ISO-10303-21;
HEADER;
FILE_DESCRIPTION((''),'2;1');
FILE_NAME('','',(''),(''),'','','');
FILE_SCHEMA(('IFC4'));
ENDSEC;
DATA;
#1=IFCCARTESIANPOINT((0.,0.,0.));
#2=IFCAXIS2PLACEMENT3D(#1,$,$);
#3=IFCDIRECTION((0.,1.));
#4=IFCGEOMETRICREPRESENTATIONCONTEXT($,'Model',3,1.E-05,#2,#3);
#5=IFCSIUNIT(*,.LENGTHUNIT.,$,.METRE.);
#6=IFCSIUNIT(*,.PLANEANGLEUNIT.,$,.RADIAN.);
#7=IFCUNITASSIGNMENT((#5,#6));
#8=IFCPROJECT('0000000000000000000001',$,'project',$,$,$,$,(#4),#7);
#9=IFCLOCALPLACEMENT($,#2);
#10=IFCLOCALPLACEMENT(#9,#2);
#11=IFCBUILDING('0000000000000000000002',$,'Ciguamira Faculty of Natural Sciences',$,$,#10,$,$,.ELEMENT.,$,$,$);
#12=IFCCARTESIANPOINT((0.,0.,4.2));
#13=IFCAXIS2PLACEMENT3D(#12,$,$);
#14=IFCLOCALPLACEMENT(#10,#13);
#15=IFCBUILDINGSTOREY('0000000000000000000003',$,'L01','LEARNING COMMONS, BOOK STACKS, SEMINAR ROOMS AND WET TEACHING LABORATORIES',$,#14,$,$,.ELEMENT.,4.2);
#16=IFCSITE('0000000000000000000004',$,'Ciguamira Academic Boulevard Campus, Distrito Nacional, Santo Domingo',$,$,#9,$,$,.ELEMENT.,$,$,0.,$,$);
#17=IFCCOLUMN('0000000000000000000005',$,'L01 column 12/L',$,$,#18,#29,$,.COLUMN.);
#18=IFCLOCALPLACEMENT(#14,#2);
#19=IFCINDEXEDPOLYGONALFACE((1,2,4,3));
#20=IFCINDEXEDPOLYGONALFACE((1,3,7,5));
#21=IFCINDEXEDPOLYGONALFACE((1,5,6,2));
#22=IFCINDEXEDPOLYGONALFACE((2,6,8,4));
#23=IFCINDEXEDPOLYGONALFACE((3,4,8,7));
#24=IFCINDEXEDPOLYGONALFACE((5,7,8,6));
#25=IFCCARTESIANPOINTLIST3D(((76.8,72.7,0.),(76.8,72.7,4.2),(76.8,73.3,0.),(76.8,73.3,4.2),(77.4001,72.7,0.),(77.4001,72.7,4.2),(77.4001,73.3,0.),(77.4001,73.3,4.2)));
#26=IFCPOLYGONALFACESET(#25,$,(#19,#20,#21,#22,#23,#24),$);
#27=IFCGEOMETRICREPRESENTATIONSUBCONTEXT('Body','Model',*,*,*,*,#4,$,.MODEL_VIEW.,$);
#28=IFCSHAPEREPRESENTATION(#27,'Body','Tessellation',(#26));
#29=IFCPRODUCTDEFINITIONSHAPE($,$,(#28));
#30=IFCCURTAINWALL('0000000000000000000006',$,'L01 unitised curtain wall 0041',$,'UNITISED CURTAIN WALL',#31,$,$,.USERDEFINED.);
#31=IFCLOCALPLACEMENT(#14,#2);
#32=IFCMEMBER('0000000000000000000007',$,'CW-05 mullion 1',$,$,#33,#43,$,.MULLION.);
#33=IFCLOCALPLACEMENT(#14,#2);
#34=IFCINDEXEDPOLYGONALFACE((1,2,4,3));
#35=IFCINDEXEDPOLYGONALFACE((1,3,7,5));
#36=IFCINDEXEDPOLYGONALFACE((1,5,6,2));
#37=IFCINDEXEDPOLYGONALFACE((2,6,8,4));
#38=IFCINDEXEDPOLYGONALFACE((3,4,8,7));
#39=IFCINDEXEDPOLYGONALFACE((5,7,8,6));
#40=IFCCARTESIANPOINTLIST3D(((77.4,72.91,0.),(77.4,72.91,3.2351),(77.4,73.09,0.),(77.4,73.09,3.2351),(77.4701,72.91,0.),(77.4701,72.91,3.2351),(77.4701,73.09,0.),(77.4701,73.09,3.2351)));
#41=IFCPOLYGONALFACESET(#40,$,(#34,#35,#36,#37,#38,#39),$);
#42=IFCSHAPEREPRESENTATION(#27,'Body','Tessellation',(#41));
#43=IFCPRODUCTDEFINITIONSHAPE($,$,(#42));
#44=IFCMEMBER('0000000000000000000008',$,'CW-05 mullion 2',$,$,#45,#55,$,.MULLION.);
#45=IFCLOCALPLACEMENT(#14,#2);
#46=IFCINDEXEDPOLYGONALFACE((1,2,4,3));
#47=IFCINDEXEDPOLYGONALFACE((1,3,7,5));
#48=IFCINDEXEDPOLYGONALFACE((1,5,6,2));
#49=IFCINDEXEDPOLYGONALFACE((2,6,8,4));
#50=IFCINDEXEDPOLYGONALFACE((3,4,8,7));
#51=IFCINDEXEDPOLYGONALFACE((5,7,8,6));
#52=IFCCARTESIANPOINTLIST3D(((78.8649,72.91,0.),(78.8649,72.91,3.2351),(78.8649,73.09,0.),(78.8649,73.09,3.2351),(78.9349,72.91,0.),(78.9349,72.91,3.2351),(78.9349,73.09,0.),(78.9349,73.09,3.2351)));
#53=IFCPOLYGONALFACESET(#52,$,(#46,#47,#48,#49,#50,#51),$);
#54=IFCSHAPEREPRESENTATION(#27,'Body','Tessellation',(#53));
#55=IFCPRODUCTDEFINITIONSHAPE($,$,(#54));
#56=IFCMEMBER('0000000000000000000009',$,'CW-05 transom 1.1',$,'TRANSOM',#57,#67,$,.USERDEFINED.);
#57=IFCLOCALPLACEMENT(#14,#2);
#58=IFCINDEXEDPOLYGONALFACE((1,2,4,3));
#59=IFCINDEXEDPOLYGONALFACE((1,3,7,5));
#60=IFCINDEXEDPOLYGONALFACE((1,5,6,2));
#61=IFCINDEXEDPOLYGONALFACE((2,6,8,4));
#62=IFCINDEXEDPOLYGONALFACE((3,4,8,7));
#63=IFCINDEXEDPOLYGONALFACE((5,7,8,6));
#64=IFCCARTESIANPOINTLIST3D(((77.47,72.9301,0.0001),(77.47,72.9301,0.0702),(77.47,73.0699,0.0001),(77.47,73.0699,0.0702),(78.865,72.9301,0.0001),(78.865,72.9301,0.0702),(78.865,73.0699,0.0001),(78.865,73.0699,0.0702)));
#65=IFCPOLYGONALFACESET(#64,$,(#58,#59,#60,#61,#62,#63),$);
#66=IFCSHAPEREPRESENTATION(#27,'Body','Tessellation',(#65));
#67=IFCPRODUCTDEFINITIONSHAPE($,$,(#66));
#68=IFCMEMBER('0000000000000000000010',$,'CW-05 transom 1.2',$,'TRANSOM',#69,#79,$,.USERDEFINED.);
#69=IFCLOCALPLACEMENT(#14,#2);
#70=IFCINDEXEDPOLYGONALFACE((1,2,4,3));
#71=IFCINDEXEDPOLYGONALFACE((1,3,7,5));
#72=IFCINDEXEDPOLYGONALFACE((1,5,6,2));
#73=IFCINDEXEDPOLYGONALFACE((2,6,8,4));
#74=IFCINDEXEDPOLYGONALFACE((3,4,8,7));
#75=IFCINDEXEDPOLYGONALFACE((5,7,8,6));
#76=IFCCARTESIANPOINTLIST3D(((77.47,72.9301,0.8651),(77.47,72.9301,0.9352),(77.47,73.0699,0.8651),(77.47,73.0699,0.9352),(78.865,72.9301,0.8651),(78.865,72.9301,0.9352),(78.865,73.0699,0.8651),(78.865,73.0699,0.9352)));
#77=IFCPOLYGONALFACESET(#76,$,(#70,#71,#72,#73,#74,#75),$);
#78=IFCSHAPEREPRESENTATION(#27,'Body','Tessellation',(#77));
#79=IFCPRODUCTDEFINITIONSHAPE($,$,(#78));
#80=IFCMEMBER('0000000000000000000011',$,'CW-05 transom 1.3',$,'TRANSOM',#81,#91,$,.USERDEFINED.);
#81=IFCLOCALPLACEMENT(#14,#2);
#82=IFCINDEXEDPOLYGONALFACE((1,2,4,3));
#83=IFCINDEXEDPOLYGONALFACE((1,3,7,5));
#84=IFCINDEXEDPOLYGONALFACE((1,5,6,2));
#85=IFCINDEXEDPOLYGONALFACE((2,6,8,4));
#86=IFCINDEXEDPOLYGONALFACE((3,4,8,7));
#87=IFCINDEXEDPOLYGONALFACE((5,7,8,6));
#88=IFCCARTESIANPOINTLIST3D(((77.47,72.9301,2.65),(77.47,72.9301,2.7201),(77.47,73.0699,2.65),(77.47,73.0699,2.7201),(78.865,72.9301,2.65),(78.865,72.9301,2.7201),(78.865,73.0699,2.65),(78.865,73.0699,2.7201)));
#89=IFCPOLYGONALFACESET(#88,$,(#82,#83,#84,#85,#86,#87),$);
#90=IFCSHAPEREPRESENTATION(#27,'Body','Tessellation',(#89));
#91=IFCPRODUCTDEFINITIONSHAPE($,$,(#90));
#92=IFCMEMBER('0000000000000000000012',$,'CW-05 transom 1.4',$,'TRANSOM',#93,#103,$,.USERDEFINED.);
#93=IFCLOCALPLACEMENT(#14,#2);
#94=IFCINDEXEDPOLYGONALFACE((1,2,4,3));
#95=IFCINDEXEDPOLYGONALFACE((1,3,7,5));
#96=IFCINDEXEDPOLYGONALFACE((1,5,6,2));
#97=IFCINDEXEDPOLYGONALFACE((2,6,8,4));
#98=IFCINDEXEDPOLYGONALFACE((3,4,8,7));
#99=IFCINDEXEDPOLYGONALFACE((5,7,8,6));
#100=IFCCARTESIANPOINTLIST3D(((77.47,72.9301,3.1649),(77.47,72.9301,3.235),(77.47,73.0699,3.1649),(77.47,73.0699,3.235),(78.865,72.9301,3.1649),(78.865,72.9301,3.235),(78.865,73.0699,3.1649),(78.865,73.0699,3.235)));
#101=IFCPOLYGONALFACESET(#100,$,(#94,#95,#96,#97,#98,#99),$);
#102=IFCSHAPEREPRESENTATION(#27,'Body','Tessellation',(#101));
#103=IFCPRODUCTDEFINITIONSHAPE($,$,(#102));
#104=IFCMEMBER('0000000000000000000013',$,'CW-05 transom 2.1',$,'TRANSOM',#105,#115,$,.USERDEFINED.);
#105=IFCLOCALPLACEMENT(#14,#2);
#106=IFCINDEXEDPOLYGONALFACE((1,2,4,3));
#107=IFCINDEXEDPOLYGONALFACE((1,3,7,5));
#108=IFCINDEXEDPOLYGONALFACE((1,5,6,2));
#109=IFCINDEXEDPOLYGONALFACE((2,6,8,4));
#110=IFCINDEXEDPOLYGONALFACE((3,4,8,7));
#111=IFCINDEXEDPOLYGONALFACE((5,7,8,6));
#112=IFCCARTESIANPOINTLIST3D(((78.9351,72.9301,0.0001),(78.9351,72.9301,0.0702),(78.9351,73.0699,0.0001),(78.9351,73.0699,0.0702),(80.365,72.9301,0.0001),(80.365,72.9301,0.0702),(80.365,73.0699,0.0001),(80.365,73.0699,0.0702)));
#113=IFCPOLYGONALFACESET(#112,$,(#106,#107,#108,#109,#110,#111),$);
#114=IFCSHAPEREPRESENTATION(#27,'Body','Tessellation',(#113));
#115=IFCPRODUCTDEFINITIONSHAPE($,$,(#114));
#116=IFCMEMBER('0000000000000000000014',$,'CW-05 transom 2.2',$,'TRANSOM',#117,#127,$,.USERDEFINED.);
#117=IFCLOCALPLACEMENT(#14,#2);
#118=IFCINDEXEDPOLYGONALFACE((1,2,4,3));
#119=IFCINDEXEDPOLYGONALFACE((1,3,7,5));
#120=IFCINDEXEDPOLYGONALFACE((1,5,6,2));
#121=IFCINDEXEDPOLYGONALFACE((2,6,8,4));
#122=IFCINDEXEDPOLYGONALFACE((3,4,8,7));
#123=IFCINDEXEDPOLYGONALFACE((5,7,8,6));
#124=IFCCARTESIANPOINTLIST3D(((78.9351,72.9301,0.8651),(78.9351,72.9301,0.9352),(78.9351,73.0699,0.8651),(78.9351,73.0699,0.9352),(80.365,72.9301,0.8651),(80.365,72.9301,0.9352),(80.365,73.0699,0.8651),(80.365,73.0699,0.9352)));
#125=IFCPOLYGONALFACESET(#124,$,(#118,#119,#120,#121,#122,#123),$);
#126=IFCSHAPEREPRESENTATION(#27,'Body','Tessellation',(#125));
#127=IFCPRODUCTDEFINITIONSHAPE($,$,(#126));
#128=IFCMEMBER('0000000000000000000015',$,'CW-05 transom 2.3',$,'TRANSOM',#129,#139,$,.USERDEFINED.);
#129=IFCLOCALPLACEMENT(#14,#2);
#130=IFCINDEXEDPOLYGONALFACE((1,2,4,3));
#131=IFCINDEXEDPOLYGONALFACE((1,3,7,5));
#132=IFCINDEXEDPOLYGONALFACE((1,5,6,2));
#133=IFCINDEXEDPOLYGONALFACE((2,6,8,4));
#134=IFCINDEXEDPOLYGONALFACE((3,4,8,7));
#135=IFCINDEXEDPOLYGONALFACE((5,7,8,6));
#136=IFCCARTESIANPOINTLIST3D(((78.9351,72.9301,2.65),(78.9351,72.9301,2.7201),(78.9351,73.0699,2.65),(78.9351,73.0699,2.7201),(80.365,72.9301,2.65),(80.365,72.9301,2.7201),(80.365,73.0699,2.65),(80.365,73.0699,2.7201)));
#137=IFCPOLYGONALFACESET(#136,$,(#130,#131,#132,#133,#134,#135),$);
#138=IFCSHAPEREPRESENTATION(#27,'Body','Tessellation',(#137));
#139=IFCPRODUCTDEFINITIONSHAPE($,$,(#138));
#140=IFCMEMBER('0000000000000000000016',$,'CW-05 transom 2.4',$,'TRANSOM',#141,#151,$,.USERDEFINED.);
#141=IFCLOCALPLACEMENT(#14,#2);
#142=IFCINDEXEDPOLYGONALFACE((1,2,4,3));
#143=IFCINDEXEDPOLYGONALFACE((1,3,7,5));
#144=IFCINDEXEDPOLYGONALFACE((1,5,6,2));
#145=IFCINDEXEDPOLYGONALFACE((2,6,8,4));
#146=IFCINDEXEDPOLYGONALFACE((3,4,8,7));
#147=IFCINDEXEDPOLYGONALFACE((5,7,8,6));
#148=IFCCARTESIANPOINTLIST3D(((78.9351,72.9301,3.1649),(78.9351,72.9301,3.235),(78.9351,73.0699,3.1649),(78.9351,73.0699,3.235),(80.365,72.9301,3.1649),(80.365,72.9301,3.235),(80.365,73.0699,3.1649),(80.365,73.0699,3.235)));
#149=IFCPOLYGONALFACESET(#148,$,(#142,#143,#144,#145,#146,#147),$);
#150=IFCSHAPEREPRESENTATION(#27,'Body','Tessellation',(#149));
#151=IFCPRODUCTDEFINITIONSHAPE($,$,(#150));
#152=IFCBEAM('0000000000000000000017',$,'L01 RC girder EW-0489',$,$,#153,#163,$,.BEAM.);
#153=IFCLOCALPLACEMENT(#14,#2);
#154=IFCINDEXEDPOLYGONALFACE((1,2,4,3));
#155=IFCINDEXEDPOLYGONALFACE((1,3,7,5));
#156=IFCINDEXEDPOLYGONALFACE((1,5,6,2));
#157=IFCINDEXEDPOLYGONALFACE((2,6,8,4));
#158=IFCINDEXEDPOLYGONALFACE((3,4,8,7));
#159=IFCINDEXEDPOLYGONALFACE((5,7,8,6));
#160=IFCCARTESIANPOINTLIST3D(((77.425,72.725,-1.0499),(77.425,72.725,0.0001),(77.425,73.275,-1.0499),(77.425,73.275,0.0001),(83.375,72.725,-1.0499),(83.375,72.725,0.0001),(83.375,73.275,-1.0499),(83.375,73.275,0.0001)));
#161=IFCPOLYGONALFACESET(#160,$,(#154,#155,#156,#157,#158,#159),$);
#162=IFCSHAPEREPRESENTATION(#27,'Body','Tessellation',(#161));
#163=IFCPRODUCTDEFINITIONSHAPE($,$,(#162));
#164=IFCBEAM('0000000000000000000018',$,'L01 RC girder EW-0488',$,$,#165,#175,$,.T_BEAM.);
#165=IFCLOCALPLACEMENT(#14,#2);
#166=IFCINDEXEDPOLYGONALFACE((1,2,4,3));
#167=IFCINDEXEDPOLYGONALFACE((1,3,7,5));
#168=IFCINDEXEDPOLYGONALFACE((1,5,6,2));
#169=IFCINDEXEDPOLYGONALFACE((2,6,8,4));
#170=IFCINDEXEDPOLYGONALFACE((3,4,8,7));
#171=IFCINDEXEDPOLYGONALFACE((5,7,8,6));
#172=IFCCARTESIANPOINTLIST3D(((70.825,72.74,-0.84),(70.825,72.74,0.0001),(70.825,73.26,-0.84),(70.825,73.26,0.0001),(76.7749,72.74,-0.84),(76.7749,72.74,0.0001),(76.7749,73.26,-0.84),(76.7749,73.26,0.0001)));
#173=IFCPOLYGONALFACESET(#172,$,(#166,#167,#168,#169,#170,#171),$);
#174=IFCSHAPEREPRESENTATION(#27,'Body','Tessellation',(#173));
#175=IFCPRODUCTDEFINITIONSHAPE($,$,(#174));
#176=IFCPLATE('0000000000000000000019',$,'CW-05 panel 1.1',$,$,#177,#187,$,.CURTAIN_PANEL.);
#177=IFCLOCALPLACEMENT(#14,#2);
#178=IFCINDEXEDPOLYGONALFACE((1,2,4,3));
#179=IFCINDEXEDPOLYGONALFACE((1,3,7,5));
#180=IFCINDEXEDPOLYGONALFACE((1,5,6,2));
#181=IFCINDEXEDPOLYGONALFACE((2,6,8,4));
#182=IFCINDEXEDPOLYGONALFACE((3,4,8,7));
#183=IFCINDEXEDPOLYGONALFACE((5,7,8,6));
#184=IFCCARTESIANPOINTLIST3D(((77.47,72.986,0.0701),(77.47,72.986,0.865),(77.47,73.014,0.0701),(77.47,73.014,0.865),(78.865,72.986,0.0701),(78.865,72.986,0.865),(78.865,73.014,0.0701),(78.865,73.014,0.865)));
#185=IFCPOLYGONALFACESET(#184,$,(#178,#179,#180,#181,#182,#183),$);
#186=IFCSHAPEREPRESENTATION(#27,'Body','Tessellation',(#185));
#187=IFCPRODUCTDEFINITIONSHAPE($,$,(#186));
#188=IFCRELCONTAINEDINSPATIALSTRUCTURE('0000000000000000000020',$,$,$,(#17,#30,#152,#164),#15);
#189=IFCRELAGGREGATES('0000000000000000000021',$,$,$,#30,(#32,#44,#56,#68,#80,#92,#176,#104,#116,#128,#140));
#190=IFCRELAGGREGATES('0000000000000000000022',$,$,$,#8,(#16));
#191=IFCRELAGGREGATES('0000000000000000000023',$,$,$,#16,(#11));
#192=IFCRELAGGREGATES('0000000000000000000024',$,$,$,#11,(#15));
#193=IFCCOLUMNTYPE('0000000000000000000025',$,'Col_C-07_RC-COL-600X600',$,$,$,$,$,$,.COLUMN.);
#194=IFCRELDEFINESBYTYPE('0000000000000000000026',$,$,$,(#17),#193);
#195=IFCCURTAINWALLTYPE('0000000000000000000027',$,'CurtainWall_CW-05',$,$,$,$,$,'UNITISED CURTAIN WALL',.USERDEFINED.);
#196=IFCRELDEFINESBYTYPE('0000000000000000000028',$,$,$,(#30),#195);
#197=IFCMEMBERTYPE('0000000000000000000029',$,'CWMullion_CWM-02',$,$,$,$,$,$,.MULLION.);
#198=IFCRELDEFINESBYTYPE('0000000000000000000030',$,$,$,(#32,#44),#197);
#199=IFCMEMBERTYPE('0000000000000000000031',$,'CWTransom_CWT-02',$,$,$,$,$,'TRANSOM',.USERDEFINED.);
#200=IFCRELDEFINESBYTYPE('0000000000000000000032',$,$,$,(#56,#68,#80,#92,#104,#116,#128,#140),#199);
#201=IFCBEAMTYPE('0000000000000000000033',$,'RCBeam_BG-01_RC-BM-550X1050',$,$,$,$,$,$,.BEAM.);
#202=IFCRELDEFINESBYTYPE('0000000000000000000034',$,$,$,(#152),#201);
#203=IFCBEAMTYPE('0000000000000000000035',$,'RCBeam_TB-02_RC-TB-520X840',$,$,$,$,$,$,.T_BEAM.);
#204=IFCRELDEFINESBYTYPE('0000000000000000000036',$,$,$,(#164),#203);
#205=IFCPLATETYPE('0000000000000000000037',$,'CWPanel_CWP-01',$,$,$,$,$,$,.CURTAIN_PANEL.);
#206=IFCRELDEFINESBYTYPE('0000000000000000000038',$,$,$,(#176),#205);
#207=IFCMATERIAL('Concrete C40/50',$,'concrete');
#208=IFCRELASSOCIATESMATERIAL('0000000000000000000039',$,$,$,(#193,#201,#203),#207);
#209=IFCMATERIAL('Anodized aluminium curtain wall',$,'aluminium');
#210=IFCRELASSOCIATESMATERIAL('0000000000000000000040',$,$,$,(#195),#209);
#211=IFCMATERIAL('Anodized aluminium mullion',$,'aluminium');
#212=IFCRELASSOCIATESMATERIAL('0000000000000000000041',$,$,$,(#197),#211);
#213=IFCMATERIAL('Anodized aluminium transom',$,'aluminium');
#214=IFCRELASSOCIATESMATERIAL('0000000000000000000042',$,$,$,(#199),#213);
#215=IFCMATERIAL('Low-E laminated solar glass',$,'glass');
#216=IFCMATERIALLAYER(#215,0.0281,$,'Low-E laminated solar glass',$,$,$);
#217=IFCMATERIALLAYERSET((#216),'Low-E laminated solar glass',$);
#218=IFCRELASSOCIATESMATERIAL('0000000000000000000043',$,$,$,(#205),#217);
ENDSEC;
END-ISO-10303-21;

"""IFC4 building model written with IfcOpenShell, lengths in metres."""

from ifc_helpers import new_model, si_unit, direction, frame, origin, origin_2d, place, context, subcontext, project, spatial, rectangle, extrude, material, layer, layer_set, material_profile, profile_set, type_object, element, aggregate, save


model = new_model("IFC4")

# Units and contexts
model_context = context("Model", 3, precision=1e-05, world=origin(), true_north=direction((0.0, 1.0)))
body_context = subcontext(model_context, "Body", "Model", "MODEL_VIEW")
ifc_project = project(units=[si_unit("LENGTHUNIT", "METRE"), si_unit("PLANEANGLEUNIT", "RADIAN")], contexts=[model_context])

# Site, building, storey
site_placement = place(None, origin())
site = spatial("IfcSite", under=ifc_project, at=site_placement, Name="Ciguamira Academic Boulevard Campus, Distrito Nacional, Santo Domingo", CompositionType="ELEMENT", RefElevation=0.0)
building_placement = place(site_placement, origin())
building = spatial("IfcBuilding", under=site, at=building_placement, Name="Ciguamira Faculty of Natural Sciences", CompositionType="ELEMENT")
storey_placement = place(building_placement, frame((0.0, 0.0, 4.2)))
storey = spatial("IfcBuildingStorey", under=building, at=storey_placement, Name="L01", Description="LEARNING COMMONS, BOOK STACKS, SEMINAR ROOMS AND WET TEACHING LABORATORIES", CompositionType="ELEMENT", Elevation=4.2)

# Column
ifc_material_1 = material(Name="Concrete C40/50", Category="concrete")
ifc_material_profile_1 = material_profile(ifc_material_1, rectangle(XDim=0.6001, YDim=0.6001, at=origin_2d()), Name="RC-COL-600X600")
ifc_profile_set_1 = profile_set([ifc_material_profile_1], Name="Concrete C40/50")
column_type = type_object("IfcColumnType", Name="Col_C-07_RC-COL-600X600", PredefinedType="COLUMN", material=ifc_profile_set_1)
column_placement = place(storey_placement, frame((77.1001, 73.0, 0.0), z_axis=(0.0, 0.0, 1.0), x_axis=(1.0, 0.0, 0.0)))
element("IfcColumn", 1, at=column_placement, inside=storey, type_object=column_type, Name="L01 column 12/L", PredefinedType="COLUMN", context=body_context, shape_type="SweptSolid", body=[
    extrude(rectangle(XDim=0.6001, YDim=0.6001, at=origin_2d()), origin(), (0.0, 0.0, 1.0), 4.2),
])

# Curtain wall, members
ifc_material_2 = material(Name="Anodized aluminium curtain wall", Category="aluminium")
curtain_wall_type = type_object("IfcCurtainWallType", Name="CurtainWall_CW-05", ElementType="UNITISED CURTAIN WALL", PredefinedType="USERDEFINED", material=ifc_material_2)
curtain_wall_placement = place(storey_placement, origin())
curtain_wall = element("IfcCurtainWall", 2, at=curtain_wall_placement, inside=storey, type_object=curtain_wall_type, Name="L01 unitised curtain wall 0041", ObjectType="UNITISED CURTAIN WALL", PredefinedType="USERDEFINED")
ifc_material_3 = material(Name="Anodized aluminium mullion", Category="aluminium")
ifc_material_profile_2 = material_profile(ifc_material_3, rectangle(XDim=0.0701, YDim=0.1799, at=origin_2d()), Name="ALU-MUL-70X180")
ifc_profile_set_2 = profile_set([ifc_material_profile_2], Name="Anodized aluminium mullion")
member_type_1 = type_object("IfcMemberType", Name="CWMullion_CWM-02", PredefinedType="MULLION", material=ifc_profile_set_2)
member_1_placement = place(storey_placement, frame((77.4351, 73.0, 0.0), z_axis=(0.0, 0.0, 1.0), x_axis=(1.0, 0.0, 0.0)))
member_1 = element("IfcMember", 3, at=member_1_placement, type_object=member_type_1, Name="CW-05 mullion 1", PredefinedType="MULLION", context=body_context, shape_type="SweptSolid", body=[
    extrude(rectangle(XDim=0.0701, YDim=0.1799, at=origin_2d()), origin(), (0.0, 0.0, 1.0), 3.2351),
])
member_2_placement = place(storey_placement, frame((78.8999, 73.0, 0.0), z_axis=(0.0, 0.0, 1.0), x_axis=(1.0, 0.0, 0.0)))
member_2 = element("IfcMember", 4, at=member_2_placement, type_object=member_type_1, Name="CW-05 mullion 2", PredefinedType="MULLION", context=body_context, shape_type="SweptSolid", body=[
    extrude(rectangle(XDim=0.0701, YDim=0.1799, at=origin_2d()), origin(), (0.0, 0.0, 1.0), 3.2351),
])
ifc_material_4 = material(Name="Anodized aluminium transom", Category="aluminium")
ifc_material_profile_3 = material_profile(ifc_material_4, rectangle(XDim=0.0701, YDim=0.1399, at=origin_2d()), Name="ALU-TRN-70X140")
ifc_profile_set_3 = profile_set([ifc_material_profile_3], Name="Anodized aluminium transom")
member_type_2 = type_object("IfcMemberType", Name="CWTransom_CWT-02", ElementType="TRANSOM", PredefinedType="USERDEFINED", material=ifc_profile_set_3)
member_3_placement = place(storey_placement, frame((77.47, 73.0, 0.0352), z_axis=(1.0, 0.0, 0.0), x_axis=(0.0, 0.0, 1.0)))
member_3 = element("IfcMember", 5, at=member_3_placement, type_object=member_type_2, Name="CW-05 transom 1.1", ObjectType="TRANSOM", PredefinedType="USERDEFINED", context=body_context, shape_type="SweptSolid", body=[
    extrude(rectangle(XDim=0.0701, YDim=0.1399, at=origin_2d()), origin(), (0.0, 0.0, 1.0), 1.395),
])
member_4_placement = place(storey_placement, frame((77.47, 73.0, 0.9001), z_axis=(1.0, 0.0, 0.0), x_axis=(0.0, 0.0, 1.0)))
member_4 = element("IfcMember", 6, at=member_4_placement, type_object=member_type_2, Name="CW-05 transom 1.2", ObjectType="TRANSOM", PredefinedType="USERDEFINED", context=body_context, shape_type="SweptSolid", body=[
    extrude(rectangle(XDim=0.0701, YDim=0.1399, at=origin_2d()), origin(), (0.0, 0.0, 1.0), 1.395),
])
member_5_placement = place(storey_placement, frame((77.47, 73.0, 2.6851), z_axis=(1.0, 0.0, 0.0), x_axis=(0.0, 0.0, 1.0)))
member_5 = element("IfcMember", 7, at=member_5_placement, type_object=member_type_2, Name="CW-05 transom 1.3", ObjectType="TRANSOM", PredefinedType="USERDEFINED", context=body_context, shape_type="SweptSolid", body=[
    extrude(rectangle(XDim=0.0701, YDim=0.1399, at=origin_2d()), origin(), (0.0, 0.0, 1.0), 1.395),
])
member_6_placement = place(storey_placement, frame((77.47, 73.0, 3.2), z_axis=(1.0, 0.0, 0.0), x_axis=(0.0, 0.0, 1.0)))
member_6 = element("IfcMember", 8, at=member_6_placement, type_object=member_type_2, Name="CW-05 transom 1.4", ObjectType="TRANSOM", PredefinedType="USERDEFINED", context=body_context, shape_type="SweptSolid", body=[
    extrude(rectangle(XDim=0.0701, YDim=0.1399, at=origin_2d()), origin(), (0.0, 0.0, 1.0), 1.395),
])
member_7_placement = place(storey_placement, frame((78.9351, 73.0, 0.0352), z_axis=(1.0, 0.0, 0.0), x_axis=(0.0, 0.0, 1.0)))
member_7 = element("IfcMember", 9, at=member_7_placement, type_object=member_type_2, Name="CW-05 transom 2.1", ObjectType="TRANSOM", PredefinedType="USERDEFINED", context=body_context, shape_type="SweptSolid", body=[
    extrude(rectangle(XDim=0.0701, YDim=0.1399, at=origin_2d()), origin(), (0.0, 0.0, 1.0), 1.4299),
])
member_8_placement = place(storey_placement, frame((78.9351, 73.0, 0.9001), z_axis=(1.0, 0.0, 0.0), x_axis=(0.0, 0.0, 1.0)))
member_8 = element("IfcMember", 10, at=member_8_placement, type_object=member_type_2, Name="CW-05 transom 2.2", ObjectType="TRANSOM", PredefinedType="USERDEFINED", context=body_context, shape_type="SweptSolid", body=[
    extrude(rectangle(XDim=0.0701, YDim=0.1399, at=origin_2d()), origin(), (0.0, 0.0, 1.0), 1.4299),
])
member_9_placement = place(storey_placement, frame((78.9351, 73.0, 2.6851), z_axis=(1.0, 0.0, 0.0), x_axis=(0.0, 0.0, 1.0)))
member_9 = element("IfcMember", 11, at=member_9_placement, type_object=member_type_2, Name="CW-05 transom 2.3", ObjectType="TRANSOM", PredefinedType="USERDEFINED", context=body_context, shape_type="SweptSolid", body=[
    extrude(rectangle(XDim=0.0701, YDim=0.1399, at=origin_2d()), origin(), (0.0, 0.0, 1.0), 1.4299),
])
member_10_placement = place(storey_placement, frame((78.9351, 73.0, 3.2), z_axis=(1.0, 0.0, 0.0), x_axis=(0.0, 0.0, 1.0)))
member_10 = element("IfcMember", 12, at=member_10_placement, type_object=member_type_2, Name="CW-05 transom 2.4", ObjectType="TRANSOM", PredefinedType="USERDEFINED", context=body_context, shape_type="SweptSolid", body=[
    extrude(rectangle(XDim=0.0701, YDim=0.1399, at=origin_2d()), origin(), (0.0, 0.0, 1.0), 1.4299),
])

# Beams
ifc_material_profile_4 = material_profile(ifc_material_1, rectangle(XDim=0.55, YDim=1.05, at=origin_2d()), Name="RC-BM-550X1050")
ifc_profile_set_4 = profile_set([ifc_material_profile_4], Name="Concrete C40/50")
beam_type_1 = type_object("IfcBeamType", Name="RCBeam_BG-01_RC-BM-550X1050", PredefinedType="BEAM", material=ifc_profile_set_4)
beam_1_placement = place(storey_placement, frame((77.425, 73.0, -0.5249), z_axis=(1.0, 0.0, 0.0), x_axis=(0.0, 1.0, 0.0)))
element("IfcBeam", 13, at=beam_1_placement, inside=storey, type_object=beam_type_1, Name="L01 RC girder EW-0489", PredefinedType="BEAM", context=body_context, shape_type="SweptSolid", body=[
    extrude(rectangle(XDim=0.55, YDim=1.05, at=origin_2d()), origin(), (0.0, 0.0, 1.0), 5.95),
])
ifc_material_profile_5 = material_profile(ifc_material_1, rectangle(XDim=0.52, YDim=0.8401, at=origin_2d()), Name="RC-TB-520X840")
ifc_profile_set_5 = profile_set([ifc_material_profile_5], Name="Concrete C40/50")
beam_type_2 = type_object("IfcBeamType", Name="RCBeam_TB-02_RC-TB-520X840", PredefinedType="T_BEAM", material=ifc_profile_set_5)
beam_2_placement = place(storey_placement, frame((70.825, 73.0, -0.4199), z_axis=(1.0, 0.0, 0.0), x_axis=(0.0, 1.0, 0.0)))
element("IfcBeam", 14, at=beam_2_placement, inside=storey, type_object=beam_type_2, Name="L01 RC girder EW-0488", PredefinedType="T_BEAM", context=body_context, shape_type="SweptSolid", body=[
    extrude(rectangle(XDim=0.52, YDim=0.8401, at=origin_2d()), origin(), (0.0, 0.0, 1.0), 5.95),
])

# Plate
ifc_material_5 = material(Name="Low-E laminated solar glass", Category="glass")
ifc_layer_1 = layer(ifc_material_5, 0.0281, Name="Low-E laminated solar glass")
ifc_layer_set_1 = layer_set([ifc_layer_1], Name="Low-E laminated solar glass")
plate_type = type_object("IfcPlateType", Name="CWPanel_CWP-01", PredefinedType="CURTAIN_PANEL", material=ifc_layer_set_1)
plate_1_placement = place(storey_placement, frame((78.1675, 73.0, 0.0701), z_axis=(0.0, 0.0, 1.0), x_axis=(1.0, 0.0, 0.0)))
plate_1 = element("IfcPlate", 15, at=plate_1_placement, type_object=plate_type, Name="CW-05 panel 1.1", PredefinedType="CURTAIN_PANEL", context=body_context, shape_type="SweptSolid", body=[
    extrude(rectangle(XDim=1.395, YDim=0.0281, at=origin_2d()), origin(), (0.0, 0.0, 1.0), 0.7949),
])
aggregate(curtain_wall, [member_1, member_2, member_3, member_4, member_5, member_6, plate_1, member_7, member_8, member_9, member_10])

save(model, "model.ifc")
